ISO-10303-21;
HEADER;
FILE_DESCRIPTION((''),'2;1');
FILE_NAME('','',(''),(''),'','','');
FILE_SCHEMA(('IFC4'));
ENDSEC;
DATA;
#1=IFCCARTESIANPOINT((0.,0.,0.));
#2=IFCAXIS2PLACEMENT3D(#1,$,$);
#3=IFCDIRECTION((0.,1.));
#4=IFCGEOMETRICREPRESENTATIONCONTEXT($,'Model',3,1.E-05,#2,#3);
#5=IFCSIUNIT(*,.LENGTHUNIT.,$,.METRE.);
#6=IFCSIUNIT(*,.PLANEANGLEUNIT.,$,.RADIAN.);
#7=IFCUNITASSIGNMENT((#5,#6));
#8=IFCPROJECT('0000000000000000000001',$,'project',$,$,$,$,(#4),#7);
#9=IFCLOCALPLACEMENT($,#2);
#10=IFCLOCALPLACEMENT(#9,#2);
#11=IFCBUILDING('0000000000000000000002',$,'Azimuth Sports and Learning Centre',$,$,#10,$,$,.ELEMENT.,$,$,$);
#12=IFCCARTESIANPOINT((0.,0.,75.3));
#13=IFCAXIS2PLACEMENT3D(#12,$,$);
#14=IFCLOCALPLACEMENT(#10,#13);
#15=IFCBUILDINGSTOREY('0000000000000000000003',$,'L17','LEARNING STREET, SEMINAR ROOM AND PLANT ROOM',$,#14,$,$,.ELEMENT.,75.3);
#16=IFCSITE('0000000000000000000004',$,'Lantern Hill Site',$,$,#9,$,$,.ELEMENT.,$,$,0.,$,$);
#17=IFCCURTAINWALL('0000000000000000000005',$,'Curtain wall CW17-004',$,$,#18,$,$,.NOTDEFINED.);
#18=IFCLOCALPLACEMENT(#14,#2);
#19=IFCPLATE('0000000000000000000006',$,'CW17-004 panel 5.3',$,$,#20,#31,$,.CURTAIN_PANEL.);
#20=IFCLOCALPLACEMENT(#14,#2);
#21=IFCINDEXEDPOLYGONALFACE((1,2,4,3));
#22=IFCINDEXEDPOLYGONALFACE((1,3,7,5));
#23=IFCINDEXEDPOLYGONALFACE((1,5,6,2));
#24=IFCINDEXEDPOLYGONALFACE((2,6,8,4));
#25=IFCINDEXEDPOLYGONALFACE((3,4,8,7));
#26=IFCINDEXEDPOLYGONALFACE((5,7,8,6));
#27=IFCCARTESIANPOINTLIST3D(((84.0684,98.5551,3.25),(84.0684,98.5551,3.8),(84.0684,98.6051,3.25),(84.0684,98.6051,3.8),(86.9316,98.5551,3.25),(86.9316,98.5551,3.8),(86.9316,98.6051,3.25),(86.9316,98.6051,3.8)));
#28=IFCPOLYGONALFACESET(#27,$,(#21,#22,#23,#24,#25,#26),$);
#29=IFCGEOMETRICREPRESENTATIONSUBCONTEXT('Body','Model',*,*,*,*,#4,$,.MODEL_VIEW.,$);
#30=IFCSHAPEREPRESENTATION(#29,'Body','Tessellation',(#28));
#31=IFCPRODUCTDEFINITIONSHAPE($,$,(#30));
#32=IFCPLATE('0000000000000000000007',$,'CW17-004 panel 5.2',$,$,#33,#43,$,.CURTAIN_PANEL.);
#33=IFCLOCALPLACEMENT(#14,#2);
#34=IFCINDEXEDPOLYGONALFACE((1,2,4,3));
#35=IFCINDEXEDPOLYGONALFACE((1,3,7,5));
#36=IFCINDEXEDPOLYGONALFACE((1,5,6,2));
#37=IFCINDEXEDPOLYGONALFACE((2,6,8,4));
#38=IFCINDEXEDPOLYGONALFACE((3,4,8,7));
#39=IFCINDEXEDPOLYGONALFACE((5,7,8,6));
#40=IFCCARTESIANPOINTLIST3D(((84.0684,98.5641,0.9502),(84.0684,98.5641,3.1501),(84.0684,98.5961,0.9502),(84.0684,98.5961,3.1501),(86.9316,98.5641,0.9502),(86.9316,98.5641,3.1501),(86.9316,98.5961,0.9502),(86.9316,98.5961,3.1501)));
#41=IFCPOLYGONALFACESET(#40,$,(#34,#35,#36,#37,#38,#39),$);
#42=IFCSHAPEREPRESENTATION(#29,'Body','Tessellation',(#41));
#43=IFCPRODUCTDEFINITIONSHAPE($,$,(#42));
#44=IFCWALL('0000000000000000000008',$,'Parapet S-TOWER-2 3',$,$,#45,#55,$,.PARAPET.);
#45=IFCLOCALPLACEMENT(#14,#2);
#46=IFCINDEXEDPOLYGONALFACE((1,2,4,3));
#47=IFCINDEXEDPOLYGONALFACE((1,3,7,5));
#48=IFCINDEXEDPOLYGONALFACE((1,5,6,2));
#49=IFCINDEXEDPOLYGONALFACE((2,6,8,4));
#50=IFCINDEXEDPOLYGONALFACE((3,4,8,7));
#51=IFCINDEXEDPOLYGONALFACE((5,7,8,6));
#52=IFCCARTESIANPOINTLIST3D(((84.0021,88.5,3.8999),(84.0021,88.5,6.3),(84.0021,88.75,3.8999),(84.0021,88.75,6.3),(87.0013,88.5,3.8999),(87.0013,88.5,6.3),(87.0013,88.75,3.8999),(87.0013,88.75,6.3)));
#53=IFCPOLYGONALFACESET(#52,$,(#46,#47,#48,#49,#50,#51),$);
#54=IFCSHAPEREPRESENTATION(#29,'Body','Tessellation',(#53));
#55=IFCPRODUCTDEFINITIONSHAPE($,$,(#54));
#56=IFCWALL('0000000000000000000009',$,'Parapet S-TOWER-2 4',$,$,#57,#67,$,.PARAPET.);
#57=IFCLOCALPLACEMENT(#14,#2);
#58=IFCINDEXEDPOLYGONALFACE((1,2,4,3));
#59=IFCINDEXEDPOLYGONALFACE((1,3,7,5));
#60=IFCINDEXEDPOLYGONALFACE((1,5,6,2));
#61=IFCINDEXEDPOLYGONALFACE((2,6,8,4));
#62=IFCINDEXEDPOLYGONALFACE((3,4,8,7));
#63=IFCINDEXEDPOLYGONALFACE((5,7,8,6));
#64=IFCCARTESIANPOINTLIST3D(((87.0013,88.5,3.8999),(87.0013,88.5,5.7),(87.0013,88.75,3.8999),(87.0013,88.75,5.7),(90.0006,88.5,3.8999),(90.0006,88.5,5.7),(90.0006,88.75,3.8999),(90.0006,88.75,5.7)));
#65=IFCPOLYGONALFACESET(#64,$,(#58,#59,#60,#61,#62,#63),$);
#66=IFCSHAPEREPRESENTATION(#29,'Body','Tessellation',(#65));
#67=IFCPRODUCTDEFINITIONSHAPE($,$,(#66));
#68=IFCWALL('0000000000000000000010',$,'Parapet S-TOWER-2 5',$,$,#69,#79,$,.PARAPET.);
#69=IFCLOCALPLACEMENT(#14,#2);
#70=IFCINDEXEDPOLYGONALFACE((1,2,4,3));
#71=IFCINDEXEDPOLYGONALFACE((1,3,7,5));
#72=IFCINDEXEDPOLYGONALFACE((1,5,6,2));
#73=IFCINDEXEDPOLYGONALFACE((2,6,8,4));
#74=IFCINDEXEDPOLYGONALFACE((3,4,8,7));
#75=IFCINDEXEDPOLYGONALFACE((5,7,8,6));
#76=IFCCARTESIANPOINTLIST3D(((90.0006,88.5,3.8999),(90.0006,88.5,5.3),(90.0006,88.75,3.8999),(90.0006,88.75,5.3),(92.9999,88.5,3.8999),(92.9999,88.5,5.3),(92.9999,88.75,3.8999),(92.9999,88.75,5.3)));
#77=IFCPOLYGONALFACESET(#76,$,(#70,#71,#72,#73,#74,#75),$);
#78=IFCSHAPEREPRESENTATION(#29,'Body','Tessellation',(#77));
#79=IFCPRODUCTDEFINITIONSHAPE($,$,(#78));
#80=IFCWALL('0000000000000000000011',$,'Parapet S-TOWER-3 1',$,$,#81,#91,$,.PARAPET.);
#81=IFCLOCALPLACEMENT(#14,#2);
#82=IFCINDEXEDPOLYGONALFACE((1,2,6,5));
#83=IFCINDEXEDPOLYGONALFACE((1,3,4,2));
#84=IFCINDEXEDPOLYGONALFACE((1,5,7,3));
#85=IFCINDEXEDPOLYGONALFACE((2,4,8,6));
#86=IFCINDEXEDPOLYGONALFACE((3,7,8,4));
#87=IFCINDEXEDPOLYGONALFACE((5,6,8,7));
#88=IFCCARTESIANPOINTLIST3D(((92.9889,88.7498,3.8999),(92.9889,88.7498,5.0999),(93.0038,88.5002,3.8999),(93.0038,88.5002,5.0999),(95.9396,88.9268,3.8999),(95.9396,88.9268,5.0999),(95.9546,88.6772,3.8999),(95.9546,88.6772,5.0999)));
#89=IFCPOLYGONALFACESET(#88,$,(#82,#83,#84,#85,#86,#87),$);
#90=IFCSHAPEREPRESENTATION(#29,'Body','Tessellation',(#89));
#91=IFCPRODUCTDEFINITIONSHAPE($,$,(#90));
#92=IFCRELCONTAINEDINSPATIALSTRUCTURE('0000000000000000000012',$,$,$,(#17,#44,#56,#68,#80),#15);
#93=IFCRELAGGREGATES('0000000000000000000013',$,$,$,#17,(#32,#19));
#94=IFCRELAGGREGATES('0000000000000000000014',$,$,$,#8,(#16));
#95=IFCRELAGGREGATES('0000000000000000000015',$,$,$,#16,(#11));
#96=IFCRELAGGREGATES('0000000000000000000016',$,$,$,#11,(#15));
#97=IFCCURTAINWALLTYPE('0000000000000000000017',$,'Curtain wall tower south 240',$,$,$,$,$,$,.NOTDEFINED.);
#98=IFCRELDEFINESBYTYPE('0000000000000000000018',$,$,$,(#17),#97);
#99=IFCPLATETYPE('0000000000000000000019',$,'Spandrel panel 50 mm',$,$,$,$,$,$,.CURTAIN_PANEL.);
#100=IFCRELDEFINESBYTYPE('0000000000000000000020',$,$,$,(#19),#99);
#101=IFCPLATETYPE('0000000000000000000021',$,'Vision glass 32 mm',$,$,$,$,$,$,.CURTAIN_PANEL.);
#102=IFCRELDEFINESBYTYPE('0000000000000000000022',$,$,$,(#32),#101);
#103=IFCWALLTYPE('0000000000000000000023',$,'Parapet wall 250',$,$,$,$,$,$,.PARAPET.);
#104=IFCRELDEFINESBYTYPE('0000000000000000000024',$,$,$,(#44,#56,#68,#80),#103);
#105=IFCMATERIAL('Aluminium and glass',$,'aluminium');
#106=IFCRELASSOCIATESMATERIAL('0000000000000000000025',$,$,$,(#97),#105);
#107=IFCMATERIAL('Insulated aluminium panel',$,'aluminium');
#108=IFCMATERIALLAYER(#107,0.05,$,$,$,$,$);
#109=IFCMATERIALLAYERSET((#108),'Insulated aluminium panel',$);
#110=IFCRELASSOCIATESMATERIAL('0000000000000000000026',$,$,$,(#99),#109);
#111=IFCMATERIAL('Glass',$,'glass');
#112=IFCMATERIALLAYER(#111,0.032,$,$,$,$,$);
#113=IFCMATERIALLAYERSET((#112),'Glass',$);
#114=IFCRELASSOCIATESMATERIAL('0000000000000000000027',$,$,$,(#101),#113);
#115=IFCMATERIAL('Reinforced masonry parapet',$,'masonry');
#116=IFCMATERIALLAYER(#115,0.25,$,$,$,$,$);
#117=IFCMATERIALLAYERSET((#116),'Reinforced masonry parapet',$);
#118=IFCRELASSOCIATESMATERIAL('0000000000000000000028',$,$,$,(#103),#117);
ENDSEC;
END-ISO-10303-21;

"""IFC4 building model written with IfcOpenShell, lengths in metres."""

from ifc_helpers import new_model, si_unit, direction, frame, frame_2d, origin, origin_2d, place, context, subcontext, project, spatial, rectangle, extrude, material, layer, layer_set, type_object, element, aggregate, save


model = new_model("IFC4")

# Units and contexts
model_context = context("Model", 3, precision=1e-05, world=origin(), true_north=direction((0.0, 1.0)))
body_context = subcontext(model_context, "Body", "Model", "MODEL_VIEW")
ifc_project = project(units=[si_unit("LENGTHUNIT", "METRE"), si_unit("PLANEANGLEUNIT", "RADIAN")], contexts=[model_context])

# Site, building, storey
site_placement = place(None, origin())
site = spatial("IfcSite", under=ifc_project, at=site_placement, Name="Lantern Hill Site", CompositionType="ELEMENT", RefElevation=0.0)
building_placement = place(site_placement, origin())
building = spatial("IfcBuilding", under=site, at=building_placement, Name="Azimuth Sports and Learning Centre", CompositionType="ELEMENT")
storey_placement = place(building_placement, frame((0.0, 0.0, 75.3)))
storey = spatial("IfcBuildingStorey", under=building, at=storey_placement, Name="L17", Description="LEARNING STREET, SEMINAR ROOM AND PLANT ROOM", CompositionType="ELEMENT", Elevation=75.3)

# Curtain wall, plates
ifc_material_1 = material(Name="Aluminium and glass", Category="aluminium")
curtain_wall_type = type_object("IfcCurtainWallType", Name="Curtain wall tower south 240", PredefinedType="NOTDEFINED", material=ifc_material_1)
curtain_wall_placement = place(storey_placement, origin())
curtain_wall = element("IfcCurtainWall", 1, at=curtain_wall_placement, inside=storey, type_object=curtain_wall_type, Name="Curtain wall CW17-004", PredefinedType="NOTDEFINED")
ifc_material_2 = material(Name="Insulated aluminium panel", Category="aluminium")
ifc_layer_1 = layer(ifc_material_2, 0.05)
ifc_layer_set_1 = layer_set([ifc_layer_1], Name="Insulated aluminium panel")
plate_type_1 = type_object("IfcPlateType", Name="Spandrel panel 50 mm", PredefinedType="CURTAIN_PANEL", material=ifc_layer_set_1)
plate_1_placement = place(storey_placement, frame((85.5, 98.5801, 3.25), z_axis=(0.0, 0.0, 1.0), x_axis=(1.0, 0.0, 0.0)))
plate_1 = element("IfcPlate", 2, at=plate_1_placement, type_object=plate_type_1, Name="CW17-004 panel 5.3", PredefinedType="CURTAIN_PANEL", context=body_context, shape_type="SweptSolid", body=[
    extrude(rectangle(XDim=2.8633, YDim=0.05, at=origin_2d()), origin(), (0.0, 0.0, 1.0), 0.55),
])
ifc_material_3 = material(Name="Glass", Category="glass")
ifc_layer_2 = layer(ifc_material_3, 0.032)
ifc_layer_set_2 = layer_set([ifc_layer_2], Name="Glass")
plate_type_2 = type_object("IfcPlateType", Name="Vision glass 32 mm", PredefinedType="CURTAIN_PANEL", material=ifc_layer_set_2)
plate_2_placement = place(storey_placement, frame((85.5, 98.5801, 0.9502), z_axis=(0.0, 0.0, 1.0), x_axis=(1.0, 0.0, 0.0)))
plate_2 = element("IfcPlate", 3, at=plate_2_placement, type_object=plate_type_2, Name="CW17-004 panel 5.2", PredefinedType="CURTAIN_PANEL", context=body_context, shape_type="SweptSolid", body=[
    extrude(rectangle(XDim=2.8633, YDim=0.032, at=origin_2d()), origin(), (0.0, 0.0, 1.0), 2.2),
])
aggregate(curtain_wall, [plate_2, plate_1])

# Walls
ifc_material_4 = material(Name="Reinforced masonry parapet", Category="masonry")
ifc_layer_3 = layer(ifc_material_4, 0.25)
ifc_layer_set_3 = layer_set([ifc_layer_3], Name="Reinforced masonry parapet")
wall_type = type_object("IfcWallType", Name="Parapet wall 250", PredefinedType="PARAPET", material=ifc_layer_set_3)
wall_1_placement = place(storey_placement, frame((84.0022, 88.625, 3.8999), z_axis=(0.0, 0.0, 1.0), x_axis=(1.0, 0.0, 0.0)))
element("IfcWall", 4, at=wall_1_placement, inside=storey, type_object=wall_type, Name="Parapet S-TOWER-2 3", PredefinedType="PARAPET", context=body_context, shape_type="SweptSolid", body=[
    extrude(rectangle(XDim=2.9993, YDim=0.25, at=frame_2d((1.4995, 0.0))), origin(), (0.0, 0.0, 1.0), 2.4001),
])
wall_2_placement = place(storey_placement, frame((87.0015, 88.625, 3.8999), z_axis=(0.0, 0.0, 1.0), x_axis=(1.0, 0.0, 0.0)))
element("IfcWall", 5, at=wall_2_placement, inside=storey, type_object=wall_type, Name="Parapet S-TOWER-2 4", PredefinedType="PARAPET", context=body_context, shape_type="SweptSolid", body=[
    extrude(rectangle(XDim=2.9993, YDim=0.25, at=frame_2d((1.4995, 0.0))), origin(), (0.0, 0.0, 1.0), 1.8),
])
wall_3_placement = place(storey_placement, frame((90.0007, 88.625, 3.8999), z_axis=(0.0, 0.0, 1.0), x_axis=(1.0, 0.0, 0.0)))
element("IfcWall", 6, at=wall_3_placement, inside=storey, type_object=wall_type, Name="Parapet S-TOWER-2 5", PredefinedType="PARAPET", context=body_context, shape_type="SweptSolid", body=[
    extrude(rectangle(XDim=2.9993, YDim=0.25, at=frame_2d((1.4995, 0.0))), origin(), (0.0, 0.0, 1.0), 1.4001),
])
wall_4_placement = place(storey_placement, frame((92.9963, 88.625, 3.8999), z_axis=(0.0, 0.0, 1.0), x_axis=(0.998206, 0.059879, 0.0)))
element("IfcWall", 7, at=wall_4_placement, inside=storey, type_object=wall_type, Name="Parapet S-TOWER-3 1", PredefinedType="PARAPET", context=body_context, shape_type="SweptSolid", body=[
    extrude(rectangle(XDim=2.9561, YDim=0.25, at=frame_2d((1.478, 0.0))), origin(), (0.0, 0.0, 1.0), 1.2),
])

save(model, "model.ifc")
